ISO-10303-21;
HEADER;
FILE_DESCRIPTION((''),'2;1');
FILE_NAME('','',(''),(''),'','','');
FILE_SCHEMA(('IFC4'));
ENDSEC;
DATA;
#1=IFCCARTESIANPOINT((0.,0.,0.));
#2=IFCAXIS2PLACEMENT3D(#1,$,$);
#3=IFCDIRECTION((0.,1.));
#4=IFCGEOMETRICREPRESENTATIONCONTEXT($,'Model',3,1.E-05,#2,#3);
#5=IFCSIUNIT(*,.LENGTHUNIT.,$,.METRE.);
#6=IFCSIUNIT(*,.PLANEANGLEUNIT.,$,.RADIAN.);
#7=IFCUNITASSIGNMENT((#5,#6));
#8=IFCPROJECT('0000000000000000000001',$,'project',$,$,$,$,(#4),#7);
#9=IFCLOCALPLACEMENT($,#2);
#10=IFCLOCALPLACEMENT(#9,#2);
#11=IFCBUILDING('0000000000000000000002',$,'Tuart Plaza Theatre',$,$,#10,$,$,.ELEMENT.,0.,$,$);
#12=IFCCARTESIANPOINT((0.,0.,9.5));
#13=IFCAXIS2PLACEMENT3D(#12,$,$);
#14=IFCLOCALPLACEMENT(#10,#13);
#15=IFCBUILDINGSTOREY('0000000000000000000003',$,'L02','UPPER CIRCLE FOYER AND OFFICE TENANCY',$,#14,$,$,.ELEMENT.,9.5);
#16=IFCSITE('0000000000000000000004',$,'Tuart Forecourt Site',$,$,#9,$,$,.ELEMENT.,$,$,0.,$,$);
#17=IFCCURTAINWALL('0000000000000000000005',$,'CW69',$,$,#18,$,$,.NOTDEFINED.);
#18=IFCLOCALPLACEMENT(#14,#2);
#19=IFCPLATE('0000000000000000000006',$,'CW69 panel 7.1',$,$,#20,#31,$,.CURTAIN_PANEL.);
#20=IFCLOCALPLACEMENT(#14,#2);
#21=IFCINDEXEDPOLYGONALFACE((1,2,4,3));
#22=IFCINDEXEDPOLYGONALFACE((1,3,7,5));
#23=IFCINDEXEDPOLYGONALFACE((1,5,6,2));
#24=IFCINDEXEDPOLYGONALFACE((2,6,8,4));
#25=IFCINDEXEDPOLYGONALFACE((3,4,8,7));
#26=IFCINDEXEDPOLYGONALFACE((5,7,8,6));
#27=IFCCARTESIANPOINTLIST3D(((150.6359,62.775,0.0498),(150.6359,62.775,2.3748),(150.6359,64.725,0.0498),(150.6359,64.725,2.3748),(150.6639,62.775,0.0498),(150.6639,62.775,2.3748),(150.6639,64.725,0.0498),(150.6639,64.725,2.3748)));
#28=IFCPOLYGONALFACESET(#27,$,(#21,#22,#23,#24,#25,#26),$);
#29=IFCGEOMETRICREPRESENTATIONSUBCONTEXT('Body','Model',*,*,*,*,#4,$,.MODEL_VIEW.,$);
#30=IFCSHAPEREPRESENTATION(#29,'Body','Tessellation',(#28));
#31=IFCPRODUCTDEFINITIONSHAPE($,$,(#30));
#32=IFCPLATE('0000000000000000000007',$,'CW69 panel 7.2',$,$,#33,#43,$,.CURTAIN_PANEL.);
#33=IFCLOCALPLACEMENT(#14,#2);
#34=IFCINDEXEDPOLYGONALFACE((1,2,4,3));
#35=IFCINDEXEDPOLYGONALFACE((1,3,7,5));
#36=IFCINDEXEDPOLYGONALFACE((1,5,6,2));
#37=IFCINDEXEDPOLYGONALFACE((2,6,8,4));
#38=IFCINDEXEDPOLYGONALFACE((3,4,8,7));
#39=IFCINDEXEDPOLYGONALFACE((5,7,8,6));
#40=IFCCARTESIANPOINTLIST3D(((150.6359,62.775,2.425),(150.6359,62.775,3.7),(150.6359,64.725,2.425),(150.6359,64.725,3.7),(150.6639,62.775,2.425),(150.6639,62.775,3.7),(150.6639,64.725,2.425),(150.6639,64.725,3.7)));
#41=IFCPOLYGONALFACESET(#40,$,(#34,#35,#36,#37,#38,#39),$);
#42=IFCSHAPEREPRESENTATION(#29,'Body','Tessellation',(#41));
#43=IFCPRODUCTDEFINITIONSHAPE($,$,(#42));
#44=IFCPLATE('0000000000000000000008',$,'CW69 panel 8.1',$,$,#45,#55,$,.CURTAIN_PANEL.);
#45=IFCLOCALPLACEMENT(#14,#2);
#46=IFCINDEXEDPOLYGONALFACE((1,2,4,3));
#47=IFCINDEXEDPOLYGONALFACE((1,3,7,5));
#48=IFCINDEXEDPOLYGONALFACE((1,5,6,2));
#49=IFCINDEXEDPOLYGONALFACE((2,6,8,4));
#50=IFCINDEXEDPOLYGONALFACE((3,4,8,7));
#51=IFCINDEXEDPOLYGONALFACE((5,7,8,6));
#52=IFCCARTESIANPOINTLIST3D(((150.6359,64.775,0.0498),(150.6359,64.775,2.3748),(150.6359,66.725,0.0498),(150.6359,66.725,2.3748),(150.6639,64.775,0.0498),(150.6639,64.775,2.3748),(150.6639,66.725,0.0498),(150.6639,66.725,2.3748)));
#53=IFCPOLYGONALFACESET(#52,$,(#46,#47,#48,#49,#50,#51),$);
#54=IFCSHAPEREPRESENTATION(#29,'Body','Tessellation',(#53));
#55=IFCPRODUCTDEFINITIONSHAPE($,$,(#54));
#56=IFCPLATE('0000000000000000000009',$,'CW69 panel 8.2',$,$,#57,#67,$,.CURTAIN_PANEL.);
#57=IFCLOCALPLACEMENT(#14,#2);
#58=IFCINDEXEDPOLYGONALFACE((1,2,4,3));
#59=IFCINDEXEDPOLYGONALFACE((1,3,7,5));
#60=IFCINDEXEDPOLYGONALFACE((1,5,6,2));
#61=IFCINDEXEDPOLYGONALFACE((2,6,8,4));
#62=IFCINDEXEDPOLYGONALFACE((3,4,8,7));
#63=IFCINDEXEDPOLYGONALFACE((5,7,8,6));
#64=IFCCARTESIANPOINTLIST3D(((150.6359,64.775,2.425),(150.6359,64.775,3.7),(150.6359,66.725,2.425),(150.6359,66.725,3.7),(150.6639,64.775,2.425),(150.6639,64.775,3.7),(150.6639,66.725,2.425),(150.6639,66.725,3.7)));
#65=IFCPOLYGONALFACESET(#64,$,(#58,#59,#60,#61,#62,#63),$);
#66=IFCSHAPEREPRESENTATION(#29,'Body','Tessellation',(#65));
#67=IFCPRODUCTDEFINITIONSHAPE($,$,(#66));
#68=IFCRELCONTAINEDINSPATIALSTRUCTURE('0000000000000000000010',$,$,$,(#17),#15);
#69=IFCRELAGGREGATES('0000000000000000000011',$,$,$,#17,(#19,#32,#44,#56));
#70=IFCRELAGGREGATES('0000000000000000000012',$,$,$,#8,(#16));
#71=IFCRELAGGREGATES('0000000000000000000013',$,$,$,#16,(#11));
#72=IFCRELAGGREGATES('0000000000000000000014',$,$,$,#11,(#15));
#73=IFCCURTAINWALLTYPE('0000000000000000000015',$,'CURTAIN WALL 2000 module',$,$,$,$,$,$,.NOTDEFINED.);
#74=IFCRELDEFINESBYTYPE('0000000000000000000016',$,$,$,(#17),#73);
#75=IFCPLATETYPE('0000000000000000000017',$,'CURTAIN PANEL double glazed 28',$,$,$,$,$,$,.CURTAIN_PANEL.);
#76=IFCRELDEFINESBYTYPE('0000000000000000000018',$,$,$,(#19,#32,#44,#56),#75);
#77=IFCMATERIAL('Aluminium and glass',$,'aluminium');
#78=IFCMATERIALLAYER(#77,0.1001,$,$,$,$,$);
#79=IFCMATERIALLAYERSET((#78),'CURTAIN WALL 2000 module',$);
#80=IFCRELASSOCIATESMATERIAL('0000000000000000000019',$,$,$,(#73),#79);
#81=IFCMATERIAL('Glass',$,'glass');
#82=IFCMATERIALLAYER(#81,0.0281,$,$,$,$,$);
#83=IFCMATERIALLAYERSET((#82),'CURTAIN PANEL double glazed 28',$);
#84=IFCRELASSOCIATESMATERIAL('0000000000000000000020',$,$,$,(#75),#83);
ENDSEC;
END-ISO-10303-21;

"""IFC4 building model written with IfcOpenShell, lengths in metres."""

from ifc_helpers import new_model, si_unit, direction, frame, origin, origin_2d, place, context, subcontext, project, spatial, rectangle, extrude, material, layer, layer_set, type_object, element, aggregate, save


model = new_model("IFC4")

# Units and contexts
model_context = context("Model", 3, precision=1e-05, world=origin(), true_north=direction((0.0, 1.0)))
body_context = subcontext(model_context, "Body", "Model", "MODEL_VIEW")
ifc_project = project(units=[si_unit("LENGTHUNIT", "METRE"), si_unit("PLANEANGLEUNIT", "RADIAN")], contexts=[model_context])

# Site, building, storey
site_placement = place(None, origin())
site = spatial("IfcSite", under=ifc_project, at=site_placement, Name="Tuart Forecourt Site", CompositionType="ELEMENT", RefElevation=0.0)
building_placement = place(site_placement, origin())
building = spatial("IfcBuilding", under=site, at=building_placement, Name="Tuart Plaza Theatre", CompositionType="ELEMENT", ElevationOfRefHeight=0.0)
storey_placement = place(building_placement, frame((0.0, 0.0, 9.5)))
storey = spatial("IfcBuildingStorey", under=building, at=storey_placement, Name="L02", Description="UPPER CIRCLE FOYER AND OFFICE TENANCY", CompositionType="ELEMENT", Elevation=9.5)

# Curtain wall, plates
ifc_material_1 = material(Name="Aluminium and glass", Category="aluminium")
ifc_layer_1 = layer(ifc_material_1, 0.1001)
ifc_layer_set_1 = layer_set([ifc_layer_1], Name="CURTAIN WALL 2000 module")
curtain_wall_type = type_object("IfcCurtainWallType", Name="CURTAIN WALL 2000 module", PredefinedType="NOTDEFINED", material=ifc_layer_set_1)
curtain_wall_placement = place(storey_placement, origin())
curtain_wall = element("IfcCurtainWall", 1, at=curtain_wall_placement, inside=storey, type_object=curtain_wall_type, Name="CW69", PredefinedType="NOTDEFINED")
ifc_material_2 = material(Name="Glass", Category="glass")
ifc_layer_2 = layer(ifc_material_2, 0.0281)
ifc_layer_set_2 = layer_set([ifc_layer_2], Name="CURTAIN PANEL double glazed 28")
plate_type = type_object("IfcPlateType", Name="CURTAIN PANEL double glazed 28", PredefinedType="CURTAIN_PANEL", material=ifc_layer_set_2)
plate_1_placement = place(storey_placement, frame((150.6499, 63.75, 0.0498), z_axis=(0.0, 0.0, 1.0), x_axis=(0.0, 1.0, 0.0)))
plate_1 = element("IfcPlate", 2, at=plate_1_placement, type_object=plate_type, Name="CW69 panel 7.1", PredefinedType="CURTAIN_PANEL", context=body_context, shape_type="SweptSolid", body=[
    extrude(rectangle(XDim=1.95, YDim=0.0281, at=origin_2d()), origin(), (0.0, 0.0, 1.0), 2.325),
])
plate_2_placement = place(storey_placement, frame((150.6499, 63.75, 2.425), z_axis=(0.0, 0.0, 1.0), x_axis=(0.0, 1.0, 0.0)))
plate_2 = element("IfcPlate", 3, at=plate_2_placement, type_object=plate_type, Name="CW69 panel 7.2", PredefinedType="CURTAIN_PANEL", context=body_context, shape_type="SweptSolid", body=[
    extrude(rectangle(XDim=1.95, YDim=0.0281, at=origin_2d()), origin(), (0.0, 0.0, 1.0), 1.2749),
])
plate_3_placement = place(storey_placement, frame((150.6499, 65.75, 0.0498), z_axis=(0.0, 0.0, 1.0), x_axis=(0.0, 1.0, 0.0)))
plate_3 = element("IfcPlate", 4, at=plate_3_placement, type_object=plate_type, Name="CW69 panel 8.1", PredefinedType="CURTAIN_PANEL", context=body_context, shape_type="SweptSolid", body=[
    extrude(rectangle(XDim=1.95, YDim=0.0281, at=origin_2d()), origin(), (0.0, 0.0, 1.0), 2.325),
])
plate_4_placement = place(storey_placement, frame((150.6499, 65.75, 2.425), z_axis=(0.0, 0.0, 1.0), x_axis=(0.0, 1.0, 0.0)))
plate_4 = element("IfcPlate", 5, at=plate_4_placement, type_object=plate_type, Name="CW69 panel 8.2", PredefinedType="CURTAIN_PANEL", context=body_context, shape_type="SweptSolid", body=[
    extrude(rectangle(XDim=1.95, YDim=0.0281, at=origin_2d()), origin(), (0.0, 0.0, 1.0), 1.2749),
])
aggregate(curtain_wall, [plate_1, plate_2, plate_3, plate_4])

save(model, "model.ifc")
